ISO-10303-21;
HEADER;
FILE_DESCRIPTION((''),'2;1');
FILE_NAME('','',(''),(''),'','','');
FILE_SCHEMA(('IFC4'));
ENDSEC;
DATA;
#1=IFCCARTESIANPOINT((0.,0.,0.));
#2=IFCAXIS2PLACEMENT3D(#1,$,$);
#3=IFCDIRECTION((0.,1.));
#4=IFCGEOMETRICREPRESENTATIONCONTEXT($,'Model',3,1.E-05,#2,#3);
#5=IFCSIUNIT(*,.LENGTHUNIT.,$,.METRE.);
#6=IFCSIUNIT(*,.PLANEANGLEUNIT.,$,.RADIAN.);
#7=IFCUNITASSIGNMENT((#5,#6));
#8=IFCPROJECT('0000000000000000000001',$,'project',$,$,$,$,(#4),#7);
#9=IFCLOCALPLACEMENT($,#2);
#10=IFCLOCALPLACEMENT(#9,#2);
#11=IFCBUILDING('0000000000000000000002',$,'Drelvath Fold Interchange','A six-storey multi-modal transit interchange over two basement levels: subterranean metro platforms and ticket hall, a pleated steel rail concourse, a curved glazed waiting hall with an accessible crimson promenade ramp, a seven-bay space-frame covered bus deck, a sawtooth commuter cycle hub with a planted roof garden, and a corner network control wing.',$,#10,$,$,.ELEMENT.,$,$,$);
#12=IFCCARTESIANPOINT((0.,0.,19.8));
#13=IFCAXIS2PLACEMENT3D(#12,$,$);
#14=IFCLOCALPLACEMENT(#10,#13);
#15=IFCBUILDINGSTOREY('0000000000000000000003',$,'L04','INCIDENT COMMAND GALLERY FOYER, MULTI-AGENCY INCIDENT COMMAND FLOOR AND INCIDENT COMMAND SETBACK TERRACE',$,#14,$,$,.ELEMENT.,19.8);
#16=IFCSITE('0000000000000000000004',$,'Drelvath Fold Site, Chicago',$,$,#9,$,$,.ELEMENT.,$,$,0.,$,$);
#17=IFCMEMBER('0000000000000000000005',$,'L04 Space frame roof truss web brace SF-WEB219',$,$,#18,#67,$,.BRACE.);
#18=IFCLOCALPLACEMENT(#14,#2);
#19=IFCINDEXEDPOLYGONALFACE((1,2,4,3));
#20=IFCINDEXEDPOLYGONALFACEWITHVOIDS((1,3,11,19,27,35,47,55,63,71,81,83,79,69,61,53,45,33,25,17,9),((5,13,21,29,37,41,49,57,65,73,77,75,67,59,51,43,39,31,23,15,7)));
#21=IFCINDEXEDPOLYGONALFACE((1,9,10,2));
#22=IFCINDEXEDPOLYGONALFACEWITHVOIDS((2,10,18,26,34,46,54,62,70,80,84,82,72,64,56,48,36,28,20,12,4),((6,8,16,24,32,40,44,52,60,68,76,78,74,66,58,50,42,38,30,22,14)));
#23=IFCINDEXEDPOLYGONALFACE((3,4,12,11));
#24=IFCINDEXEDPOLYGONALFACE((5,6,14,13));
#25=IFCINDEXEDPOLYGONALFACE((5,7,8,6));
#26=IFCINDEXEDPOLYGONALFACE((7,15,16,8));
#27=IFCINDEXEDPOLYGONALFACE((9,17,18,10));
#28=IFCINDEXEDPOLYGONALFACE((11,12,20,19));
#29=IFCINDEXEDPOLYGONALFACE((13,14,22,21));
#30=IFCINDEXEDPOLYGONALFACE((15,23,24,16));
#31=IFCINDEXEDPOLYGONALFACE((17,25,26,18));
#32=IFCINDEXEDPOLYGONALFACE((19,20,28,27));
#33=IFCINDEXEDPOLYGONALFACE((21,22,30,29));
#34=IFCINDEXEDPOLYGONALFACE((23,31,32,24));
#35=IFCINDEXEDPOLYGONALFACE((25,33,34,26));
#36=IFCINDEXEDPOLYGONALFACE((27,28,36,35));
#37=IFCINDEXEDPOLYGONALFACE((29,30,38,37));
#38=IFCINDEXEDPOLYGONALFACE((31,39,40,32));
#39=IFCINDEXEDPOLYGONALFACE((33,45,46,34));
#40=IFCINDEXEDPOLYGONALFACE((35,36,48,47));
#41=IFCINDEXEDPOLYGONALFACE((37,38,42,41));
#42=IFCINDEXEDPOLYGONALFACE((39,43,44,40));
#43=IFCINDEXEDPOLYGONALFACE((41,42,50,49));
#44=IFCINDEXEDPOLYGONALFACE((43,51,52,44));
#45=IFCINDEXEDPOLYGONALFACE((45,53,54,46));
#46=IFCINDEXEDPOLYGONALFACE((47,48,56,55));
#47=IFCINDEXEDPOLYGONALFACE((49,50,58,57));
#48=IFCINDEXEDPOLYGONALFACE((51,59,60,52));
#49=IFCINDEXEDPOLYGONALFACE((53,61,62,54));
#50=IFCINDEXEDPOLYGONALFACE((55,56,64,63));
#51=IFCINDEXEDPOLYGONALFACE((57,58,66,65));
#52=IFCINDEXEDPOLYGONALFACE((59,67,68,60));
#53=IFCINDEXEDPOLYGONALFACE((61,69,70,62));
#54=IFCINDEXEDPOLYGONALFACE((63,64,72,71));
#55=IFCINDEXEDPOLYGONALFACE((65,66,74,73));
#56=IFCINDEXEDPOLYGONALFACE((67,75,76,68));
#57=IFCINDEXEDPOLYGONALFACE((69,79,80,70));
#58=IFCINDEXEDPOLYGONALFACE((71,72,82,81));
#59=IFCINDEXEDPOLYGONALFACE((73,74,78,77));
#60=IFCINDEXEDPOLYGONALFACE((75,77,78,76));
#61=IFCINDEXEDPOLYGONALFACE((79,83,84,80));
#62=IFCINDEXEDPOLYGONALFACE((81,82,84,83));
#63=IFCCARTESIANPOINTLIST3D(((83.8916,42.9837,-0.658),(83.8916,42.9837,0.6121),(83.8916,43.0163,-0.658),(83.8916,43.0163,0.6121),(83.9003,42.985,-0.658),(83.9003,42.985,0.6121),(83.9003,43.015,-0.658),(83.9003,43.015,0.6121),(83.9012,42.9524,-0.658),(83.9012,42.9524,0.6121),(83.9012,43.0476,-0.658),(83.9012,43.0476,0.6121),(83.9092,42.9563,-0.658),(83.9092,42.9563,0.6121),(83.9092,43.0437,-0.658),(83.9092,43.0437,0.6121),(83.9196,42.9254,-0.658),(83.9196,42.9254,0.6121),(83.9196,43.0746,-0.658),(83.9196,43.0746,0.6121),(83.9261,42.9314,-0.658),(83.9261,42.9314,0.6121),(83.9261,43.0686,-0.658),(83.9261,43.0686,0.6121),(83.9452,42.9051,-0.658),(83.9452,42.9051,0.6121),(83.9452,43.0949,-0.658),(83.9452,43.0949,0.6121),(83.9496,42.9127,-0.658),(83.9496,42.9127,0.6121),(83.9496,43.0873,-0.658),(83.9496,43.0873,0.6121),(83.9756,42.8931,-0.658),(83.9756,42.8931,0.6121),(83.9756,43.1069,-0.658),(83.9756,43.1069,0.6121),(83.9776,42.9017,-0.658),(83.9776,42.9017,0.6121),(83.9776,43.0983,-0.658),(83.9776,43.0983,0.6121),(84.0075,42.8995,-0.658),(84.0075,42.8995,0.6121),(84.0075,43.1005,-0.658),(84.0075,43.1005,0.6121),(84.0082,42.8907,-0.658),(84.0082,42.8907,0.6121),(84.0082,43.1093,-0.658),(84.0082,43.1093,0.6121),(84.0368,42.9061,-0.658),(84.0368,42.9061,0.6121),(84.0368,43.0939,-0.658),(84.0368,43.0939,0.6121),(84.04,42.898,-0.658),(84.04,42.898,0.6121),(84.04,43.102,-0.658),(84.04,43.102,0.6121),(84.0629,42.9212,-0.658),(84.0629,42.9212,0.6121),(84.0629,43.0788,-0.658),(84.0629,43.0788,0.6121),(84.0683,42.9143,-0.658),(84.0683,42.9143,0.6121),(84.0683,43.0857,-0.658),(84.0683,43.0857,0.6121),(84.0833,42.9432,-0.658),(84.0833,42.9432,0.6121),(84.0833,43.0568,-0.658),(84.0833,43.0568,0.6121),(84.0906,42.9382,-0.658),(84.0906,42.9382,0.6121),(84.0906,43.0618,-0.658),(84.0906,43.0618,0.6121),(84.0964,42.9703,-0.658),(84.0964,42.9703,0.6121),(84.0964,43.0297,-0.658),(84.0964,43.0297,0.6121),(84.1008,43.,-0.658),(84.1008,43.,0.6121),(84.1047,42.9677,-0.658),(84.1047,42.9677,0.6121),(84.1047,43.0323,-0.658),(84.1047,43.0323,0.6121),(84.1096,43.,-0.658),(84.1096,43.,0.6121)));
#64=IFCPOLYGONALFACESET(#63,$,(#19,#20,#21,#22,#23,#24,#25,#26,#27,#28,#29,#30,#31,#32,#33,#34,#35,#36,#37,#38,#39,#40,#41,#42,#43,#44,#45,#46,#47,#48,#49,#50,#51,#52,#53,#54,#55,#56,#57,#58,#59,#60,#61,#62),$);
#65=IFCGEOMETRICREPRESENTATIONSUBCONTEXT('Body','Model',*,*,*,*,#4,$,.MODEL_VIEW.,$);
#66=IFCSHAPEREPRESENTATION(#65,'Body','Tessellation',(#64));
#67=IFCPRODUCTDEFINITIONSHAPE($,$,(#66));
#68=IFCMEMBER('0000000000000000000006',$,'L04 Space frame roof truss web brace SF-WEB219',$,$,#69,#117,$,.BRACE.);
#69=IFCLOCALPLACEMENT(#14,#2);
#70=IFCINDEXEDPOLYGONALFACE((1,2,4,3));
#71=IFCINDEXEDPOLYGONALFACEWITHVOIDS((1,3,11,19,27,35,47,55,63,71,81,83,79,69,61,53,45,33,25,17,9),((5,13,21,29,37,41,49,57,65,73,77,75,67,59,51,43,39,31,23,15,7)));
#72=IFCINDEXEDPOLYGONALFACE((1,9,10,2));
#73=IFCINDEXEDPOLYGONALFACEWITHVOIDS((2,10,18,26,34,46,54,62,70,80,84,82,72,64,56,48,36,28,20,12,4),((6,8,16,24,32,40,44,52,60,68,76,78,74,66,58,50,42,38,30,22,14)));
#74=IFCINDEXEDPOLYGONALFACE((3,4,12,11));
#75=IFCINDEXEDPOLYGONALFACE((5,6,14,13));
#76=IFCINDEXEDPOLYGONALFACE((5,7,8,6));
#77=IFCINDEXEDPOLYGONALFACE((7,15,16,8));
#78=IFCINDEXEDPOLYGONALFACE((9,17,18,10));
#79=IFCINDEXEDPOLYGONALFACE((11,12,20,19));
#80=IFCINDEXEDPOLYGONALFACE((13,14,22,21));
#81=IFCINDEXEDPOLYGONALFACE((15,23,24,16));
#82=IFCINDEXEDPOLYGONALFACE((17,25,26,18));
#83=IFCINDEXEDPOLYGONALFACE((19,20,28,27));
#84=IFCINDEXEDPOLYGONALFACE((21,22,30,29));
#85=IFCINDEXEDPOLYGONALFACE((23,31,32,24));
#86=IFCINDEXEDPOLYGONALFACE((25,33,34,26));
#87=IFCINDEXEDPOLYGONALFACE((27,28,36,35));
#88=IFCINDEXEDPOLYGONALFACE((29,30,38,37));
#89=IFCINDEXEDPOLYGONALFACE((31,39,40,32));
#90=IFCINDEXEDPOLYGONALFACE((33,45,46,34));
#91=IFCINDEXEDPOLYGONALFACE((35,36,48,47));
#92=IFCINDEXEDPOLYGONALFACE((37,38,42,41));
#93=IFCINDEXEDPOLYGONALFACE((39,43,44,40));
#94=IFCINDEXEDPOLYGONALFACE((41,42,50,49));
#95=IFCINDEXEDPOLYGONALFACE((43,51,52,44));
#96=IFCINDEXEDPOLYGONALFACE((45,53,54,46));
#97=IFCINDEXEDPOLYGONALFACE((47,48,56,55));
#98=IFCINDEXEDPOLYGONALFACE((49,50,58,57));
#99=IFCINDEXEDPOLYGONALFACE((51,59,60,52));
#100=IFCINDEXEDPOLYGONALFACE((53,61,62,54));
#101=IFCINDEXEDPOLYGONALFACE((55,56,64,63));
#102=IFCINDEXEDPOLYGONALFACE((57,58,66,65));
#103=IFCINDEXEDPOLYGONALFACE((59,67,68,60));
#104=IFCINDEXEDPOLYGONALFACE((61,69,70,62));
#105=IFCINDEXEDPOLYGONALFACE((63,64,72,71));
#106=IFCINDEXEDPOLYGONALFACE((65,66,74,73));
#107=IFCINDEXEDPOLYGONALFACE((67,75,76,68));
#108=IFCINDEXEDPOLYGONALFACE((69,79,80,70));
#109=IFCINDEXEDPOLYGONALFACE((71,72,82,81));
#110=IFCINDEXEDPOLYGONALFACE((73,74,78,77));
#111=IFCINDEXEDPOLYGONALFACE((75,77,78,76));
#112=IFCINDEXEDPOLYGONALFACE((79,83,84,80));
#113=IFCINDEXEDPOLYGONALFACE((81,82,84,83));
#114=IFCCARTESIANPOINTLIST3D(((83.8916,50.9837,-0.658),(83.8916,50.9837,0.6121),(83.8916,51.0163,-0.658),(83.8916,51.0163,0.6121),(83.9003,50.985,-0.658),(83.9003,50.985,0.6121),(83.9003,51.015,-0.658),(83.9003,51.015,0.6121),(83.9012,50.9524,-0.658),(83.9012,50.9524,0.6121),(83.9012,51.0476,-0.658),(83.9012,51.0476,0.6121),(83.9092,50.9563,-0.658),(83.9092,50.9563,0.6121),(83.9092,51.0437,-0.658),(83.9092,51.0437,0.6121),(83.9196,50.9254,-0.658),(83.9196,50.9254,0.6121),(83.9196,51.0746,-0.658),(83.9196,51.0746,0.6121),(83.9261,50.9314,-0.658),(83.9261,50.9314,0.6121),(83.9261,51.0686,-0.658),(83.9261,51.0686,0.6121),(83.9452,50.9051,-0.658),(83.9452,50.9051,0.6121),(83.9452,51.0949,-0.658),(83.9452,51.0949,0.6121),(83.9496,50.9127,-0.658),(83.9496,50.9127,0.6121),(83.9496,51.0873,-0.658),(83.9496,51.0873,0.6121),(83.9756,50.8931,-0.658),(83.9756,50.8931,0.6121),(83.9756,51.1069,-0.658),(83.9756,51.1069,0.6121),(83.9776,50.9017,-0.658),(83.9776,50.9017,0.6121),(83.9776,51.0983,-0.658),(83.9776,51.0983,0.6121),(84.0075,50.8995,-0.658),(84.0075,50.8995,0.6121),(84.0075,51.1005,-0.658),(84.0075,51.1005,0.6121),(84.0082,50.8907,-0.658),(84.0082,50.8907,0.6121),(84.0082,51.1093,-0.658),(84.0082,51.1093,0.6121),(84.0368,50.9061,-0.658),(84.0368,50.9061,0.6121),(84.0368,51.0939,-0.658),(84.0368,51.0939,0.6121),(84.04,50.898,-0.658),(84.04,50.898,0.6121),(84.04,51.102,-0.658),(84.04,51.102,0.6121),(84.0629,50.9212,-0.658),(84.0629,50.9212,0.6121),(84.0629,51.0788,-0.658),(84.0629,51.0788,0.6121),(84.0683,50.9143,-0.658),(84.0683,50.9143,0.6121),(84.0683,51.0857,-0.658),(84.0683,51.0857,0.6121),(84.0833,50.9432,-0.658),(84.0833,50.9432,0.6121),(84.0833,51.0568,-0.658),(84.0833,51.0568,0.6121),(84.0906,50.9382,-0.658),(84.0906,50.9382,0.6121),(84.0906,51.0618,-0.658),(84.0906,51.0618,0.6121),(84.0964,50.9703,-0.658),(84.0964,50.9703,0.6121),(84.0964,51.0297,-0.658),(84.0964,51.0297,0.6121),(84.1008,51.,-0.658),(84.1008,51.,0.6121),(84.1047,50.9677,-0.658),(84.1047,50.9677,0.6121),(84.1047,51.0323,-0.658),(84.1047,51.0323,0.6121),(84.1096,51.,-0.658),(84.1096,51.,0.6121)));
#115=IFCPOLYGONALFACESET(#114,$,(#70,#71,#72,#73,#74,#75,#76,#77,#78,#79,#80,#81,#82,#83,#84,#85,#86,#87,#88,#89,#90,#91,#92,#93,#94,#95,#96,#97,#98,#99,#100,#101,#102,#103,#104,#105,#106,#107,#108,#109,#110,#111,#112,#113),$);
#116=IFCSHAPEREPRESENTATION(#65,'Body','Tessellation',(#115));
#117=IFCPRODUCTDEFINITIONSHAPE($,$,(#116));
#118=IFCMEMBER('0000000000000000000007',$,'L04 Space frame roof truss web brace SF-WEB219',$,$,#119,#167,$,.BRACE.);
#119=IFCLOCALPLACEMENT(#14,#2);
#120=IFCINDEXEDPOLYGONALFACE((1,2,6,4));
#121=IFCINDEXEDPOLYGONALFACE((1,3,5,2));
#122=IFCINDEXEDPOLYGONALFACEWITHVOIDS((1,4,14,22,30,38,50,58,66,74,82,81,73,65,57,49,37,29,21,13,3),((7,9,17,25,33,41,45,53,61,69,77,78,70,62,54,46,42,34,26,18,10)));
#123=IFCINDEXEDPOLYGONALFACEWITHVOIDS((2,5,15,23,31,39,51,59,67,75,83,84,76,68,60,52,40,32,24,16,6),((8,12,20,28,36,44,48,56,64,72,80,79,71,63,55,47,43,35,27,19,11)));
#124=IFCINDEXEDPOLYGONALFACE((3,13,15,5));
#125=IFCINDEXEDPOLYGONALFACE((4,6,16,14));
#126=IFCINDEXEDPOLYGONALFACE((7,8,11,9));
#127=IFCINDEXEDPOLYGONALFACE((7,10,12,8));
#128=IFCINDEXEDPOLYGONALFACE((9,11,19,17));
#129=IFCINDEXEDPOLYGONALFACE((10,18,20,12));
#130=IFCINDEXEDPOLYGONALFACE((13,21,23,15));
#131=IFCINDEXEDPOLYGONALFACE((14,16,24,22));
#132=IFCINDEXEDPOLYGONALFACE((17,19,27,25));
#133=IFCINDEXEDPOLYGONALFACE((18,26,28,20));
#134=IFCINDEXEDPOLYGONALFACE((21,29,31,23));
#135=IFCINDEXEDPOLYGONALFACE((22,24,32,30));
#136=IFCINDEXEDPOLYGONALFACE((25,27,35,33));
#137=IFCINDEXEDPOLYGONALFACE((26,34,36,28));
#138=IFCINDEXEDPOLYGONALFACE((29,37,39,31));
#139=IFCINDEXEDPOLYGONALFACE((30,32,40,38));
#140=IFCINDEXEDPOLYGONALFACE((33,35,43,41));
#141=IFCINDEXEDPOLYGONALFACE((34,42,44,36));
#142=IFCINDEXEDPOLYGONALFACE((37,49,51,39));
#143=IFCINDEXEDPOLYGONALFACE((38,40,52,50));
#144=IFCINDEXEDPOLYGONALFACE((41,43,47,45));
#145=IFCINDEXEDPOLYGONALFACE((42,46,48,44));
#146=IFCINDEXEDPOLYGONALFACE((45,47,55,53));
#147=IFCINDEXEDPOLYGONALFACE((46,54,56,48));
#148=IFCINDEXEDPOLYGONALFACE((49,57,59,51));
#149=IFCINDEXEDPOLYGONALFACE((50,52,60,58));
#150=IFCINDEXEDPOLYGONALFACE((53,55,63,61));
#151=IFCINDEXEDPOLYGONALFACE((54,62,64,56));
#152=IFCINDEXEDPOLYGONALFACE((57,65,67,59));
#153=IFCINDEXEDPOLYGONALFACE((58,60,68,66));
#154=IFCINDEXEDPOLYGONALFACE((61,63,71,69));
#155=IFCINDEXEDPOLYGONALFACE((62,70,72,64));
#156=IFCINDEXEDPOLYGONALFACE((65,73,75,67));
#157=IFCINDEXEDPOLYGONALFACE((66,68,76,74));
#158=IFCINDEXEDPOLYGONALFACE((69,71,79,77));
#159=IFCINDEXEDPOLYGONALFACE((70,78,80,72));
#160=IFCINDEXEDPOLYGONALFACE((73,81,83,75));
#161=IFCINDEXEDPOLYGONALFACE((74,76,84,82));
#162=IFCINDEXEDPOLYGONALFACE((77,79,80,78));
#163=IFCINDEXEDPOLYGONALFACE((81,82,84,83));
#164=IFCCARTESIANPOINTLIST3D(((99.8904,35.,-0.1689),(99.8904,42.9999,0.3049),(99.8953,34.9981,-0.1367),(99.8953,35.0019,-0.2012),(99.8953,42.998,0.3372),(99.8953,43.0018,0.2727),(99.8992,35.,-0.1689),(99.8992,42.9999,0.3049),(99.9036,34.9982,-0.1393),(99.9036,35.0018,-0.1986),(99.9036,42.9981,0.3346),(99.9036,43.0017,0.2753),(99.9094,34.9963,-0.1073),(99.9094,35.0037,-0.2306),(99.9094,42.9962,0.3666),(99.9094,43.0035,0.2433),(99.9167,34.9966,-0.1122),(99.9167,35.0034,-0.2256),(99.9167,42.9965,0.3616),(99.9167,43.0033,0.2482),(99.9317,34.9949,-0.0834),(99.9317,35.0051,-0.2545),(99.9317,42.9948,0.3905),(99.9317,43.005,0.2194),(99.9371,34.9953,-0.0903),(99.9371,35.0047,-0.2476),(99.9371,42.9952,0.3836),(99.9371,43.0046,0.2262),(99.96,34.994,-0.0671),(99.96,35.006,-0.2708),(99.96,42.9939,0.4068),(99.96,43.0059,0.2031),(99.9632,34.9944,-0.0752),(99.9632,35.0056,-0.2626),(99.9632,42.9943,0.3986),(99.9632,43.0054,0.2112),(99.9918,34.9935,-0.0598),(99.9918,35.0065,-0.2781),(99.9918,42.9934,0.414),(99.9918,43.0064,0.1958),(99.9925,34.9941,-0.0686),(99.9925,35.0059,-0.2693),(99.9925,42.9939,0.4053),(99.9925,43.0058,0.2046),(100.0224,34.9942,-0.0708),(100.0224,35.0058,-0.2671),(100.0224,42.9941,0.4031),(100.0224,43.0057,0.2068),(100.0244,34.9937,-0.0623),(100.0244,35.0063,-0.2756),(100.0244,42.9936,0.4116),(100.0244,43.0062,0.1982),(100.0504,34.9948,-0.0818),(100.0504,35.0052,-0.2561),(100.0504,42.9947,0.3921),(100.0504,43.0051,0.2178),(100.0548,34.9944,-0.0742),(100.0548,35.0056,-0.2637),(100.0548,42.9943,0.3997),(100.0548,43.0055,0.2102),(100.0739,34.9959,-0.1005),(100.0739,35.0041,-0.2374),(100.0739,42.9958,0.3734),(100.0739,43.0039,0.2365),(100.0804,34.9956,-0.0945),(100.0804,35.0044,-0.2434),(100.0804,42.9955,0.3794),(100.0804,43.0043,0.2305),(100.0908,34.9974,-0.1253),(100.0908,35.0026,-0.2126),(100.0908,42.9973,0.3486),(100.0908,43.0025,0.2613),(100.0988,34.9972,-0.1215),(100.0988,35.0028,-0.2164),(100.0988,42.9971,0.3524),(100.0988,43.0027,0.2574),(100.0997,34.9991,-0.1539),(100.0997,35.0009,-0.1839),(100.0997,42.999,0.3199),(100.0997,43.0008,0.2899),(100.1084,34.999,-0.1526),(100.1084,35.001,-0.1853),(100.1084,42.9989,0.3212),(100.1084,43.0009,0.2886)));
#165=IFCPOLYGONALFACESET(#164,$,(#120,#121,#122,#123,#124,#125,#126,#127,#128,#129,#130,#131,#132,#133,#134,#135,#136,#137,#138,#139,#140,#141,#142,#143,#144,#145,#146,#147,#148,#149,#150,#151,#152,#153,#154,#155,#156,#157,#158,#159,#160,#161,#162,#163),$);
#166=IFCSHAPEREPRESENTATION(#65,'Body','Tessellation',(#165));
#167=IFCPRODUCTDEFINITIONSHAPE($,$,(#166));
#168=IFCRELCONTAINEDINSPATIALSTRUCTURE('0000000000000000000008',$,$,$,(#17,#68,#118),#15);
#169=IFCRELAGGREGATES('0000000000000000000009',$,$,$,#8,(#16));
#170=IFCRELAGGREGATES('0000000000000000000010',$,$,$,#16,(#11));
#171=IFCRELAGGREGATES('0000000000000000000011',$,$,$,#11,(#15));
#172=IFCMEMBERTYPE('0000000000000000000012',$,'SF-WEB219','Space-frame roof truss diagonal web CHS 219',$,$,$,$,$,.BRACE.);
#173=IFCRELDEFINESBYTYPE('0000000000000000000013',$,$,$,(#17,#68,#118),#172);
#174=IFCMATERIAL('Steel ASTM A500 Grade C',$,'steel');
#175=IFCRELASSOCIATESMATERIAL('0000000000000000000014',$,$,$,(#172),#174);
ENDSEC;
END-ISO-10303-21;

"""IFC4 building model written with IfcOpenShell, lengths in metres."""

from ifc_helpers import new_model, si_unit, direction, frame, origin, origin_2d, place, context, subcontext, project, spatial, hollow_circle, extrude, material, material_profile, profile_set, type_object, element, save


model = new_model("IFC4")

# Units and contexts
model_context = context("Model", 3, precision=1e-05, world=origin(), true_north=direction((0.0, 1.0)))
body_context = subcontext(model_context, "Body", "Model", "MODEL_VIEW")
ifc_project = project(units=[si_unit("LENGTHUNIT", "METRE"), si_unit("PLANEANGLEUNIT", "RADIAN")], contexts=[model_context])

# Site, building, storey
site_placement = place(None, origin())
site = spatial("IfcSite", under=ifc_project, at=site_placement, Name="Drelvath Fold Site, Chicago", CompositionType="ELEMENT", RefElevation=0.0)
building_placement = place(site_placement, origin())
building = spatial("IfcBuilding", under=site, at=building_placement, Name="Drelvath Fold Interchange", Description="A six-storey multi-modal transit interchange over two basement levels: subterranean metro platforms and ticket hall, a pleated steel rail concourse, a curved glazed waiting hall with an accessible crimson promenade ramp, a seven-bay space-frame covered bus deck, a sawtooth commuter cycle hub with a planted roof garden, and a corner network control wing.", CompositionType="ELEMENT")
storey_placement = place(building_placement, frame((0.0, 0.0, 19.8)))
storey = spatial("IfcBuildingStorey", under=building, at=storey_placement, Name="L04", Description="INCIDENT COMMAND GALLERY FOYER, MULTI-AGENCY INCIDENT COMMAND FLOOR AND INCIDENT COMMAND SETBACK TERRACE", CompositionType="ELEMENT", Elevation=19.8)

# Shared definitions
ifc_material_1 = material(Name="Steel ASTM A500 Grade C", Category="steel")

# Members
ifc_material_profile_1 = material_profile(ifc_material_1, hollow_circle(Radius=0.1096, WallThickness=0.0088, at=origin_2d()), Name="HSS8.625X0.375")
ifc_profile_set_1 = profile_set([ifc_material_profile_1], Name="Steel ASTM A500 Grade C")
member_type_1 = type_object("IfcMemberType", Name="SF-WEB219", Description="Space-frame roof truss diagonal web CHS 219", PredefinedType="BRACE", material=ifc_profile_set_1)
for number, where, z_axis, x_axis, name in (
    (1, (84.0, 43.0, -0.658), (0.0, 0.0, 1.0), (1.0, 0.0, 0.0), "L04 Space frame roof truss web brace SF-WEB219"),
    (2, (84.0, 51.0, -0.658), (0.0, 0.0, 1.0), (1.0, 0.0, 0.0), "L04 Space frame roof truss web brace SF-WEB219"),
):
    element("IfcMember", number, at=place(storey_placement, frame(where, z_axis=z_axis, x_axis=x_axis)), inside=storey, type_object=member_type_1, Name=name, PredefinedType="BRACE", context=body_context, shape_type="SweptSolid", body=[
        extrude(hollow_circle(Radius=0.1096, WallThickness=0.0088, at=origin_2d()), origin(), (0.0, 0.0, 1.0), 1.27),
    ])
member_1_placement = place(storey_placement, frame((100.0, 35.0, -0.1689), z_axis=(0.0, 0.99825, 0.059131), x_axis=(-1.0, 0.0, 0.0)))
element("IfcMember", 3, at=member_1_placement, inside=storey, type_object=member_type_1, Name="L04 Space frame roof truss web brace SF-WEB219", PredefinedType="BRACE", context=body_context, shape_type="SweptSolid", body=[
    extrude(hollow_circle(Radius=0.1096, WallThickness=0.0088, at=origin_2d()), origin(), (0.0, 0.0, 1.0), 8.0139),
])

save(model, "model.ifc")
